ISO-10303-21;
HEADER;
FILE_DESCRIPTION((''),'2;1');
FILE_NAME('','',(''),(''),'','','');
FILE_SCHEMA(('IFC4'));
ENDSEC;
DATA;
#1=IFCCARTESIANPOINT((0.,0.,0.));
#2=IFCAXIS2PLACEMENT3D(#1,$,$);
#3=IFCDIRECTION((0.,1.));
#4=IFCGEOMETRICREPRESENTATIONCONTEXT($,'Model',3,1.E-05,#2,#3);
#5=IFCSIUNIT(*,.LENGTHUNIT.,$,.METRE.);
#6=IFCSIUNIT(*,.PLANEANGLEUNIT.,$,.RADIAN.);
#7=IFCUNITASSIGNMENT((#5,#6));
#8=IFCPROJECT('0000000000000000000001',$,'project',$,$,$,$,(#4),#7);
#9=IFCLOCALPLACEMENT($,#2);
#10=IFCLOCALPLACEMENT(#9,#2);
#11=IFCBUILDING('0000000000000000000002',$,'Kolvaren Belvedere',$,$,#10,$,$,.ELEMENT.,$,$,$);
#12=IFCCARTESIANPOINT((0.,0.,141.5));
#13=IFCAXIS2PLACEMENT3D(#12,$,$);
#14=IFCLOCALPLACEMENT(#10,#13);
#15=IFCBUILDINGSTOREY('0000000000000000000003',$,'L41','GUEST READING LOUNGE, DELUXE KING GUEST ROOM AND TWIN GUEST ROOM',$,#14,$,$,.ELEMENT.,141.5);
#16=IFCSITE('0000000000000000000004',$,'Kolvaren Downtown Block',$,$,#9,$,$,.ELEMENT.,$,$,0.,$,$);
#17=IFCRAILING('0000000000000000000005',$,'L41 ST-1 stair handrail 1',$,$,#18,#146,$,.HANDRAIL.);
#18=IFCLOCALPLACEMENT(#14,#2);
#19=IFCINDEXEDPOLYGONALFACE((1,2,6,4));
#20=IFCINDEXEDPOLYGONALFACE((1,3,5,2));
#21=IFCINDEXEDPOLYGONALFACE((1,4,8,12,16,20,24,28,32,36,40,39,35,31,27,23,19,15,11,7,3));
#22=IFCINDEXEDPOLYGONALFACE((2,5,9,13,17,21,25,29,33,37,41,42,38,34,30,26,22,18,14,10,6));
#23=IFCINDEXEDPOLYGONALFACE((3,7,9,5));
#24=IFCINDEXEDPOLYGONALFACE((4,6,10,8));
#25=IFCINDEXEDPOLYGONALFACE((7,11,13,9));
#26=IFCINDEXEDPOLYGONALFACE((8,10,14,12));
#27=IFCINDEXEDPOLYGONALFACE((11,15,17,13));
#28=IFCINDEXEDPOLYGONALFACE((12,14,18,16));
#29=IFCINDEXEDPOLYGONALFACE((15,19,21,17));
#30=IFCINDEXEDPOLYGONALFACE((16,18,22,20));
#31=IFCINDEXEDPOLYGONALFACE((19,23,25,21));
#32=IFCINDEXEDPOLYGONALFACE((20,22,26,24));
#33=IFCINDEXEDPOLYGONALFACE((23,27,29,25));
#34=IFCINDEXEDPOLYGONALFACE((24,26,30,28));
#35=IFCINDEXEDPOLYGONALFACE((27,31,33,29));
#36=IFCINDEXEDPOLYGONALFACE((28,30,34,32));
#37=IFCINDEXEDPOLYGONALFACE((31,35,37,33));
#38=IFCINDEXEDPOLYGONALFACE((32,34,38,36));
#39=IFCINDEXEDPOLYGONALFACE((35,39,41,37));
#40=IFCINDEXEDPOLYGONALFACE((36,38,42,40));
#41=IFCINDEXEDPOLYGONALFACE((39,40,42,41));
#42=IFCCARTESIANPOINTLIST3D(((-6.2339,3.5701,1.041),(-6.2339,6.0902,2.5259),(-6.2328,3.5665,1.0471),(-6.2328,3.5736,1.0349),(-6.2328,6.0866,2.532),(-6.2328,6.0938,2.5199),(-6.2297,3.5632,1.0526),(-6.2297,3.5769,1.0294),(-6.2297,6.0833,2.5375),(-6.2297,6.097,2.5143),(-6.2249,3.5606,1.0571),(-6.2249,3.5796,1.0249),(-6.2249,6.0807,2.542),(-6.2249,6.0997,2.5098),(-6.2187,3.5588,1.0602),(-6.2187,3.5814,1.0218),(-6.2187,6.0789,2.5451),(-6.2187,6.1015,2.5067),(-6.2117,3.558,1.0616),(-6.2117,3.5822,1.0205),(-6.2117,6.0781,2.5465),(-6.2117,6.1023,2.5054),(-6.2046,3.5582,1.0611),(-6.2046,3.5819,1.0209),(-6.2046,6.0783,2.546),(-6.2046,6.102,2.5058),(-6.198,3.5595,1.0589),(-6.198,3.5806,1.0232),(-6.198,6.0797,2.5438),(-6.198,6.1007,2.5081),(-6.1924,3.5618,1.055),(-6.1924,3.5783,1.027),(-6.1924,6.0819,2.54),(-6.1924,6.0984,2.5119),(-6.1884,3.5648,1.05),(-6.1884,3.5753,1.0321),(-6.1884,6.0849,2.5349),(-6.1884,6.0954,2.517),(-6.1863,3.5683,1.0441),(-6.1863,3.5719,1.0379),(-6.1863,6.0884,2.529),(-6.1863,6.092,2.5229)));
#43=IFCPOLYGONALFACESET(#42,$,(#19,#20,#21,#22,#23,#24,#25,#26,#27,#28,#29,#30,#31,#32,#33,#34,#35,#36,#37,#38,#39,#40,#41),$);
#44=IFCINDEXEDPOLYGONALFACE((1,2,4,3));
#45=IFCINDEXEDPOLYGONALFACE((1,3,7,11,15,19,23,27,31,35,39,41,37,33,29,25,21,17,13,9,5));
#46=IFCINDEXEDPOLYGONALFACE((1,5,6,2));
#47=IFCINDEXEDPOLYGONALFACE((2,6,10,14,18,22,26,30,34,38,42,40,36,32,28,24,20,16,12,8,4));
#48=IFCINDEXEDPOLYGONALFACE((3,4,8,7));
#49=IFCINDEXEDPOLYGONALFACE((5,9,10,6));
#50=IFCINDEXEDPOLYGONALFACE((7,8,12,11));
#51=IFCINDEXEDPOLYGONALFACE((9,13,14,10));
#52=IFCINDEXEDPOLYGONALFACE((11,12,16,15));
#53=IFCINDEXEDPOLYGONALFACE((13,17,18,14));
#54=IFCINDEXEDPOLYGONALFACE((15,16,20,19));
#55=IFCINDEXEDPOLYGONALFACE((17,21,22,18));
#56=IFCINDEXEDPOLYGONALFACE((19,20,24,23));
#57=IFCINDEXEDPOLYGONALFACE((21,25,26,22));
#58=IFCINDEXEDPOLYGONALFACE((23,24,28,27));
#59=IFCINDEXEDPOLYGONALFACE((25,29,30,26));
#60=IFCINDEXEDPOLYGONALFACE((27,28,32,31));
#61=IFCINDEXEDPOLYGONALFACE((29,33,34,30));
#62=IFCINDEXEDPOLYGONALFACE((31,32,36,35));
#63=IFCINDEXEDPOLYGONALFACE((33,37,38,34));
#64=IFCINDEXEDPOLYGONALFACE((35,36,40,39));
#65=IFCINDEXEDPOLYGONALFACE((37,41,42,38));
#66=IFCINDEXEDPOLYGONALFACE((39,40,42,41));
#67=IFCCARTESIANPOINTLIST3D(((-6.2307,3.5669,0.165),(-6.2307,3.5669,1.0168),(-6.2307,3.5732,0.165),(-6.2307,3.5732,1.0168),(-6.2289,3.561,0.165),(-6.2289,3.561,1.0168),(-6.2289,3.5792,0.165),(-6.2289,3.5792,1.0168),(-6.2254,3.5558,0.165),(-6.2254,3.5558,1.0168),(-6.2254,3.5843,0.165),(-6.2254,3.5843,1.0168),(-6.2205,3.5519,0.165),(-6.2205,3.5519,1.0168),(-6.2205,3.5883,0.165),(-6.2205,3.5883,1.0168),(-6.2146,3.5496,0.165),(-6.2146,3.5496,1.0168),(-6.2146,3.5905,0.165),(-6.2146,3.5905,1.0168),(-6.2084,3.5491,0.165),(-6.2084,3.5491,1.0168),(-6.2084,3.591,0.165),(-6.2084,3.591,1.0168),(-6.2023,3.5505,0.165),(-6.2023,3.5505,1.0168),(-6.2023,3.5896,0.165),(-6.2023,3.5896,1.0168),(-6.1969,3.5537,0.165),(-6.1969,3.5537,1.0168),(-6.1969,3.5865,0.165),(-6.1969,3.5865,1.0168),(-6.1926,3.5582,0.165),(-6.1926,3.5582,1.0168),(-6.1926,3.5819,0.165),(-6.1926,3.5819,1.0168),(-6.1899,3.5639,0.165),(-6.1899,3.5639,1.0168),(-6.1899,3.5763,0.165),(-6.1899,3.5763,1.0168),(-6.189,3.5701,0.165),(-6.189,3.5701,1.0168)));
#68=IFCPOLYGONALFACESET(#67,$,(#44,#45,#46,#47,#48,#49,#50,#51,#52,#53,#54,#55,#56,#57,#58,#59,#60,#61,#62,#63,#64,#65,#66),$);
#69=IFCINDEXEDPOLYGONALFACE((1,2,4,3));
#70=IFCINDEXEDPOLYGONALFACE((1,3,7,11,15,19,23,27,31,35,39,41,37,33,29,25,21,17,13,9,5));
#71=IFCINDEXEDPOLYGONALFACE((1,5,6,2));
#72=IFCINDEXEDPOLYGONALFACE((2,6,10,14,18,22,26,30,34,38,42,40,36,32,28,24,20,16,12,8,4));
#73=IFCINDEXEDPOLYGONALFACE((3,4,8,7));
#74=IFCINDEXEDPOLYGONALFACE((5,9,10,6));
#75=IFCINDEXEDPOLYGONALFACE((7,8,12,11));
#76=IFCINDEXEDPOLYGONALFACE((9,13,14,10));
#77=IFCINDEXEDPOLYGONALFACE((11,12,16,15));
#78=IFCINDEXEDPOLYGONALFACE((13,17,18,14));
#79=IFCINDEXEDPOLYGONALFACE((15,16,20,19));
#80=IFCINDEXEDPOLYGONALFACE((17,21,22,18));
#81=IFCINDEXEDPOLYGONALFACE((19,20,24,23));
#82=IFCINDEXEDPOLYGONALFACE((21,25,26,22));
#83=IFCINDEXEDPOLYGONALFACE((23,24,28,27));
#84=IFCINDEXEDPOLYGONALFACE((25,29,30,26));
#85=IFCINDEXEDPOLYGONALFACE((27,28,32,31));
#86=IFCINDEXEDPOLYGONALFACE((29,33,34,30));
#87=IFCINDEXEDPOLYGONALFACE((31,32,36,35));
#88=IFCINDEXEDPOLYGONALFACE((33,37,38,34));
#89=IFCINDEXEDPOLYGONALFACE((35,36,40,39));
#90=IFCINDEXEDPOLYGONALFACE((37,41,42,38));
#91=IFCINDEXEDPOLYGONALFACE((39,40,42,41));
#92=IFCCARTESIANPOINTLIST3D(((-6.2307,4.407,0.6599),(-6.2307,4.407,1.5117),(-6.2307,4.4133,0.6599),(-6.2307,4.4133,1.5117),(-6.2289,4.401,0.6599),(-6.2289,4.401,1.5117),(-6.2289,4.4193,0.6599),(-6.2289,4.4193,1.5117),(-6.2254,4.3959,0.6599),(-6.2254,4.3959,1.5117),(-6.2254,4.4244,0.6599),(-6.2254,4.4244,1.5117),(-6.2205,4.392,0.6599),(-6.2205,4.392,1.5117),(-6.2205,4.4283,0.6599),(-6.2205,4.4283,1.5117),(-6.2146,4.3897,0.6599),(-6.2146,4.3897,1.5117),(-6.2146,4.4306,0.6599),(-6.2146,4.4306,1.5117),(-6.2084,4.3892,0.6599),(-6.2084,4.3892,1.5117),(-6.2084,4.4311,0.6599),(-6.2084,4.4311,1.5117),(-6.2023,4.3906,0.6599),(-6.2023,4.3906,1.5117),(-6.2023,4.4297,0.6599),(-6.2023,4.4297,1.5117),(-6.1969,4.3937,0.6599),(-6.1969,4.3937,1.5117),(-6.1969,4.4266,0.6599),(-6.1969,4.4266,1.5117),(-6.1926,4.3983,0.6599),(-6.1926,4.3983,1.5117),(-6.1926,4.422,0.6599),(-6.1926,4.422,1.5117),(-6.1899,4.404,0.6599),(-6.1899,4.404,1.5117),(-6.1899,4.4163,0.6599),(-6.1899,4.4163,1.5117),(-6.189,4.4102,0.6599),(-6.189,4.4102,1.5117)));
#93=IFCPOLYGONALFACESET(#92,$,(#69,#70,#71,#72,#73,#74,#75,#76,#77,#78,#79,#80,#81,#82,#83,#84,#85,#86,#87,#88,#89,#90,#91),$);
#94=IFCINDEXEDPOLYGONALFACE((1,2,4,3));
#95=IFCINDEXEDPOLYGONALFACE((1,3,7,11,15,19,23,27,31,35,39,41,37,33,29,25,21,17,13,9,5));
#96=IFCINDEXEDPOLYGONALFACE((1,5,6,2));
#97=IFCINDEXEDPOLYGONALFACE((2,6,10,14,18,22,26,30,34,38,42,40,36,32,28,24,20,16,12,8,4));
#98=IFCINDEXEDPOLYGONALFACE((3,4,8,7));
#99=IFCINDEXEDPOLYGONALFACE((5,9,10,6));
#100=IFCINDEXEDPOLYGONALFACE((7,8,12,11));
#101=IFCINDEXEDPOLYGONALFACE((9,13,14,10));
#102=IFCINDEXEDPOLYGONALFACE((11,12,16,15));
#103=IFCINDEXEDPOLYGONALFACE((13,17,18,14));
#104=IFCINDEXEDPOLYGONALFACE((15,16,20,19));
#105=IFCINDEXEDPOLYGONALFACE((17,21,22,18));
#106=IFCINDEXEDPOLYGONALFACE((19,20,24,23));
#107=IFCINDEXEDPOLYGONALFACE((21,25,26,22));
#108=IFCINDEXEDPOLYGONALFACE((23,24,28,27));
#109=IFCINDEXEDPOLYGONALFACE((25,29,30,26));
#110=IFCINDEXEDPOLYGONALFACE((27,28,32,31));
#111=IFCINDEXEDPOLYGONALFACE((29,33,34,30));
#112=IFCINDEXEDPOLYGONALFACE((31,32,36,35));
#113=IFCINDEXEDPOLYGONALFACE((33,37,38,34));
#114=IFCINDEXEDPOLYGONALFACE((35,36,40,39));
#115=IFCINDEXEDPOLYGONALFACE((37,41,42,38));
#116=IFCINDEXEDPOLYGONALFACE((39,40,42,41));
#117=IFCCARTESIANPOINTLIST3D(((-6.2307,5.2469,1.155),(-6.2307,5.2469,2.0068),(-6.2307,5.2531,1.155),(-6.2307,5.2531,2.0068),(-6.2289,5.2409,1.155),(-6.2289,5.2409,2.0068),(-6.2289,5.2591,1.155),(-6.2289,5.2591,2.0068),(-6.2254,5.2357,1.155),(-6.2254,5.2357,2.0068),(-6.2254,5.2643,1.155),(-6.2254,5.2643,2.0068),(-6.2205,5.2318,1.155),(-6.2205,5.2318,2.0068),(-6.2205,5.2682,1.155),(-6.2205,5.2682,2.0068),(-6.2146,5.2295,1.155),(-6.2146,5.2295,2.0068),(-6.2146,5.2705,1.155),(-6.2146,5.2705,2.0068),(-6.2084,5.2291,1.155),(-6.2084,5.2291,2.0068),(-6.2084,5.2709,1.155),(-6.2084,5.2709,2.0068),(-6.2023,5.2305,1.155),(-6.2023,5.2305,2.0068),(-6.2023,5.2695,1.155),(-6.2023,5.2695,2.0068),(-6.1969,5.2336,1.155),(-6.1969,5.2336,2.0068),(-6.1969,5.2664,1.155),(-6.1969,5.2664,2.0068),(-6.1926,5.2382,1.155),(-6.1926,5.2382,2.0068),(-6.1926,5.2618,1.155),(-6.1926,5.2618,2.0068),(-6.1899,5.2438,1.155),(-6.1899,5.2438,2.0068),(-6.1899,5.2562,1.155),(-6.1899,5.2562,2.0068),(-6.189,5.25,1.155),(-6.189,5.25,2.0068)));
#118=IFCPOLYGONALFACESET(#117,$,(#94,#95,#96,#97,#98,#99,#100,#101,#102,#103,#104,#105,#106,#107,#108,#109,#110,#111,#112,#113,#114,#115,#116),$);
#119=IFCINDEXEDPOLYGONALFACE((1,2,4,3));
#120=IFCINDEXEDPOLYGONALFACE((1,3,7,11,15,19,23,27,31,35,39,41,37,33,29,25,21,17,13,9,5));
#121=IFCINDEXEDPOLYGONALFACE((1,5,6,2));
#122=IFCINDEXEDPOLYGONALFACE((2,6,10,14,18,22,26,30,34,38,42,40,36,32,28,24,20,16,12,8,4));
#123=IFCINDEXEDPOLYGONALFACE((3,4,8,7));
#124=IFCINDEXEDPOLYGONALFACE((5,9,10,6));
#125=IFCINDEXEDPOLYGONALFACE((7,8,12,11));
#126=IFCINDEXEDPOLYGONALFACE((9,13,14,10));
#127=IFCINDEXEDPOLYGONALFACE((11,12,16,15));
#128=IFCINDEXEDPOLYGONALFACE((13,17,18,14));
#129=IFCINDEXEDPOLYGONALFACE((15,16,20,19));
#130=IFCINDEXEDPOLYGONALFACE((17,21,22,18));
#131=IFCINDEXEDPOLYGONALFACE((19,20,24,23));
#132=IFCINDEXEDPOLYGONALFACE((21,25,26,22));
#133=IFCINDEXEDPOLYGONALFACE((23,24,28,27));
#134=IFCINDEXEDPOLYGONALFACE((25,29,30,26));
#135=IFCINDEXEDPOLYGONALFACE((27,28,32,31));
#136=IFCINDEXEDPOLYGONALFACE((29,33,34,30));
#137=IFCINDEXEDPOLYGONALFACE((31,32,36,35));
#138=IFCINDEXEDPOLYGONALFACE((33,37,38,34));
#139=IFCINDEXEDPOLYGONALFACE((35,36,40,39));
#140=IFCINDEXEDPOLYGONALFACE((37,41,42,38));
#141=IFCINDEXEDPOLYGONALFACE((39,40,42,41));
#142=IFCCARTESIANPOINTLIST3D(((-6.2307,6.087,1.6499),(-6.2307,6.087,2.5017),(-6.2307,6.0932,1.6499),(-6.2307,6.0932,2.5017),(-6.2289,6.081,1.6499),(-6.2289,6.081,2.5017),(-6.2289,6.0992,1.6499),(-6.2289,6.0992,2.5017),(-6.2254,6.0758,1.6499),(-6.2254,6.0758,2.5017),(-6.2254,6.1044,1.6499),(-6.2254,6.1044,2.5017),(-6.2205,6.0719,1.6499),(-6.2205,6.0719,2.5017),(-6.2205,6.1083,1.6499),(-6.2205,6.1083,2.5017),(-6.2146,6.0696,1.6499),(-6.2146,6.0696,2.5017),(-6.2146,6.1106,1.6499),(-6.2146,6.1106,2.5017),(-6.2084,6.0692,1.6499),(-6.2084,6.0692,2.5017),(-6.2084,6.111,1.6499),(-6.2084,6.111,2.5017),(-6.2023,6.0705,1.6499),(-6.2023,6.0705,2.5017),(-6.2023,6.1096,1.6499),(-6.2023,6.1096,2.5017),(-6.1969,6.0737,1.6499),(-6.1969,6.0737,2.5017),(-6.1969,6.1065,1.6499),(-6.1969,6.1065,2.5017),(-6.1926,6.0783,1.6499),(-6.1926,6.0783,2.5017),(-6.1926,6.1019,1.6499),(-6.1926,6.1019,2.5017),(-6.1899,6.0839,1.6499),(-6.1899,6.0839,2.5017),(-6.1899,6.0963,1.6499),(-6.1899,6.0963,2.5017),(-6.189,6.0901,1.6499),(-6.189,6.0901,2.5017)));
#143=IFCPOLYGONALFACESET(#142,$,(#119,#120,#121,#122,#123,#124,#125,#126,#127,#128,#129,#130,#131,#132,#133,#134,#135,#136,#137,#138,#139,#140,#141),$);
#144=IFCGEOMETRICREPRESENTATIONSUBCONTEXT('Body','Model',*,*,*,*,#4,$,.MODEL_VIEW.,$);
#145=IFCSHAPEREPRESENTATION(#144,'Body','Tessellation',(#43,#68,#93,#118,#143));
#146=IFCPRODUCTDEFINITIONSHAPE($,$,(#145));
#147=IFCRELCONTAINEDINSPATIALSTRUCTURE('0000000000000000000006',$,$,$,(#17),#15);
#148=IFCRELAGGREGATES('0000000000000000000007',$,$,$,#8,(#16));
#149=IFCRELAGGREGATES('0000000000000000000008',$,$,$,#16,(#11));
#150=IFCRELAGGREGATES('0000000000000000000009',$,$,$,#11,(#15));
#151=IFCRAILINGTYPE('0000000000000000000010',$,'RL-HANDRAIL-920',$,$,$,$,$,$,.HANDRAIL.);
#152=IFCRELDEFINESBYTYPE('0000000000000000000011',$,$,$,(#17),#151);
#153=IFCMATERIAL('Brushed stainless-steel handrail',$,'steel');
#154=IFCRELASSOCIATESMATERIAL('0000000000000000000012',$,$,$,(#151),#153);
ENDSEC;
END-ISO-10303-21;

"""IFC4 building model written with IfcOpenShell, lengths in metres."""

from ifc_helpers import new_model, si_unit, direction, frame, origin, origin_2d, place, context, subcontext, project, spatial, circle, extrude, material, type_object, element, save


model = new_model("IFC4")

# Units and contexts
model_context = context("Model", 3, precision=1e-05, world=origin(), true_north=direction((0.0, 1.0)))
body_context = subcontext(model_context, "Body", "Model", "MODEL_VIEW")
ifc_project = project(units=[si_unit("LENGTHUNIT", "METRE"), si_unit("PLANEANGLEUNIT", "RADIAN")], contexts=[model_context])

# Site, building, storey
site_placement = place(None, origin())
site = spatial("IfcSite", under=ifc_project, at=site_placement, Name="Kolvaren Downtown Block", CompositionType="ELEMENT", RefElevation=0.0)
building_placement = place(site_placement, origin())
building = spatial("IfcBuilding", under=site, at=building_placement, Name="Kolvaren Belvedere", CompositionType="ELEMENT")
storey_placement = place(building_placement, frame((0.0, 0.0, 141.5)))
storey = spatial("IfcBuildingStorey", under=building, at=storey_placement, Name="L41", Description="GUEST READING LOUNGE, DELUXE KING GUEST ROOM AND TWIN GUEST ROOM", CompositionType="ELEMENT", Elevation=141.5)

# Railing
ifc_material_1 = material(Name="Brushed stainless-steel handrail", Category="steel")
railing_type_1 = type_object("IfcRailingType", Name="RL-HANDRAIL-920", PredefinedType="HANDRAIL", material=ifc_material_1)
railing_1_placement = place(storey_placement, frame((-6.21, 3.5701, 0.165)))
element("IfcRailing", 1, at=railing_1_placement, inside=storey, type_object=railing_type_1, Name="L41 ST-1 stair handrail 1", PredefinedType="HANDRAIL", context=body_context, shape_type="SweptSolid", body=[
    extrude(circle(Radius=0.0239, at=origin_2d()), frame((0.0, 0.0, 0.876), z_axis=(0.0, 0.861561, 0.507655), x_axis=(-1.0, 0.0, 0.0)), (0.0, 0.0, 1.0), 2.925),
    extrude(circle(Radius=0.021, at=origin_2d()), origin(), (0.0, 0.0, 1.0), 0.8518),
    extrude(circle(Radius=0.021, at=origin_2d()), frame((0.0, 0.8401, 0.4949)), (0.0, 0.0, 1.0), 0.8518),
    extrude(circle(Radius=0.021, at=origin_2d()), frame((0.0, 1.6799, 0.99)), (0.0, 0.0, 1.0), 0.8518),
    extrude(circle(Radius=0.021, at=origin_2d()), frame((0.0, 2.52, 1.4849)), (0.0, 0.0, 1.0), 0.8518),
])

save(model, "model.ifc")
